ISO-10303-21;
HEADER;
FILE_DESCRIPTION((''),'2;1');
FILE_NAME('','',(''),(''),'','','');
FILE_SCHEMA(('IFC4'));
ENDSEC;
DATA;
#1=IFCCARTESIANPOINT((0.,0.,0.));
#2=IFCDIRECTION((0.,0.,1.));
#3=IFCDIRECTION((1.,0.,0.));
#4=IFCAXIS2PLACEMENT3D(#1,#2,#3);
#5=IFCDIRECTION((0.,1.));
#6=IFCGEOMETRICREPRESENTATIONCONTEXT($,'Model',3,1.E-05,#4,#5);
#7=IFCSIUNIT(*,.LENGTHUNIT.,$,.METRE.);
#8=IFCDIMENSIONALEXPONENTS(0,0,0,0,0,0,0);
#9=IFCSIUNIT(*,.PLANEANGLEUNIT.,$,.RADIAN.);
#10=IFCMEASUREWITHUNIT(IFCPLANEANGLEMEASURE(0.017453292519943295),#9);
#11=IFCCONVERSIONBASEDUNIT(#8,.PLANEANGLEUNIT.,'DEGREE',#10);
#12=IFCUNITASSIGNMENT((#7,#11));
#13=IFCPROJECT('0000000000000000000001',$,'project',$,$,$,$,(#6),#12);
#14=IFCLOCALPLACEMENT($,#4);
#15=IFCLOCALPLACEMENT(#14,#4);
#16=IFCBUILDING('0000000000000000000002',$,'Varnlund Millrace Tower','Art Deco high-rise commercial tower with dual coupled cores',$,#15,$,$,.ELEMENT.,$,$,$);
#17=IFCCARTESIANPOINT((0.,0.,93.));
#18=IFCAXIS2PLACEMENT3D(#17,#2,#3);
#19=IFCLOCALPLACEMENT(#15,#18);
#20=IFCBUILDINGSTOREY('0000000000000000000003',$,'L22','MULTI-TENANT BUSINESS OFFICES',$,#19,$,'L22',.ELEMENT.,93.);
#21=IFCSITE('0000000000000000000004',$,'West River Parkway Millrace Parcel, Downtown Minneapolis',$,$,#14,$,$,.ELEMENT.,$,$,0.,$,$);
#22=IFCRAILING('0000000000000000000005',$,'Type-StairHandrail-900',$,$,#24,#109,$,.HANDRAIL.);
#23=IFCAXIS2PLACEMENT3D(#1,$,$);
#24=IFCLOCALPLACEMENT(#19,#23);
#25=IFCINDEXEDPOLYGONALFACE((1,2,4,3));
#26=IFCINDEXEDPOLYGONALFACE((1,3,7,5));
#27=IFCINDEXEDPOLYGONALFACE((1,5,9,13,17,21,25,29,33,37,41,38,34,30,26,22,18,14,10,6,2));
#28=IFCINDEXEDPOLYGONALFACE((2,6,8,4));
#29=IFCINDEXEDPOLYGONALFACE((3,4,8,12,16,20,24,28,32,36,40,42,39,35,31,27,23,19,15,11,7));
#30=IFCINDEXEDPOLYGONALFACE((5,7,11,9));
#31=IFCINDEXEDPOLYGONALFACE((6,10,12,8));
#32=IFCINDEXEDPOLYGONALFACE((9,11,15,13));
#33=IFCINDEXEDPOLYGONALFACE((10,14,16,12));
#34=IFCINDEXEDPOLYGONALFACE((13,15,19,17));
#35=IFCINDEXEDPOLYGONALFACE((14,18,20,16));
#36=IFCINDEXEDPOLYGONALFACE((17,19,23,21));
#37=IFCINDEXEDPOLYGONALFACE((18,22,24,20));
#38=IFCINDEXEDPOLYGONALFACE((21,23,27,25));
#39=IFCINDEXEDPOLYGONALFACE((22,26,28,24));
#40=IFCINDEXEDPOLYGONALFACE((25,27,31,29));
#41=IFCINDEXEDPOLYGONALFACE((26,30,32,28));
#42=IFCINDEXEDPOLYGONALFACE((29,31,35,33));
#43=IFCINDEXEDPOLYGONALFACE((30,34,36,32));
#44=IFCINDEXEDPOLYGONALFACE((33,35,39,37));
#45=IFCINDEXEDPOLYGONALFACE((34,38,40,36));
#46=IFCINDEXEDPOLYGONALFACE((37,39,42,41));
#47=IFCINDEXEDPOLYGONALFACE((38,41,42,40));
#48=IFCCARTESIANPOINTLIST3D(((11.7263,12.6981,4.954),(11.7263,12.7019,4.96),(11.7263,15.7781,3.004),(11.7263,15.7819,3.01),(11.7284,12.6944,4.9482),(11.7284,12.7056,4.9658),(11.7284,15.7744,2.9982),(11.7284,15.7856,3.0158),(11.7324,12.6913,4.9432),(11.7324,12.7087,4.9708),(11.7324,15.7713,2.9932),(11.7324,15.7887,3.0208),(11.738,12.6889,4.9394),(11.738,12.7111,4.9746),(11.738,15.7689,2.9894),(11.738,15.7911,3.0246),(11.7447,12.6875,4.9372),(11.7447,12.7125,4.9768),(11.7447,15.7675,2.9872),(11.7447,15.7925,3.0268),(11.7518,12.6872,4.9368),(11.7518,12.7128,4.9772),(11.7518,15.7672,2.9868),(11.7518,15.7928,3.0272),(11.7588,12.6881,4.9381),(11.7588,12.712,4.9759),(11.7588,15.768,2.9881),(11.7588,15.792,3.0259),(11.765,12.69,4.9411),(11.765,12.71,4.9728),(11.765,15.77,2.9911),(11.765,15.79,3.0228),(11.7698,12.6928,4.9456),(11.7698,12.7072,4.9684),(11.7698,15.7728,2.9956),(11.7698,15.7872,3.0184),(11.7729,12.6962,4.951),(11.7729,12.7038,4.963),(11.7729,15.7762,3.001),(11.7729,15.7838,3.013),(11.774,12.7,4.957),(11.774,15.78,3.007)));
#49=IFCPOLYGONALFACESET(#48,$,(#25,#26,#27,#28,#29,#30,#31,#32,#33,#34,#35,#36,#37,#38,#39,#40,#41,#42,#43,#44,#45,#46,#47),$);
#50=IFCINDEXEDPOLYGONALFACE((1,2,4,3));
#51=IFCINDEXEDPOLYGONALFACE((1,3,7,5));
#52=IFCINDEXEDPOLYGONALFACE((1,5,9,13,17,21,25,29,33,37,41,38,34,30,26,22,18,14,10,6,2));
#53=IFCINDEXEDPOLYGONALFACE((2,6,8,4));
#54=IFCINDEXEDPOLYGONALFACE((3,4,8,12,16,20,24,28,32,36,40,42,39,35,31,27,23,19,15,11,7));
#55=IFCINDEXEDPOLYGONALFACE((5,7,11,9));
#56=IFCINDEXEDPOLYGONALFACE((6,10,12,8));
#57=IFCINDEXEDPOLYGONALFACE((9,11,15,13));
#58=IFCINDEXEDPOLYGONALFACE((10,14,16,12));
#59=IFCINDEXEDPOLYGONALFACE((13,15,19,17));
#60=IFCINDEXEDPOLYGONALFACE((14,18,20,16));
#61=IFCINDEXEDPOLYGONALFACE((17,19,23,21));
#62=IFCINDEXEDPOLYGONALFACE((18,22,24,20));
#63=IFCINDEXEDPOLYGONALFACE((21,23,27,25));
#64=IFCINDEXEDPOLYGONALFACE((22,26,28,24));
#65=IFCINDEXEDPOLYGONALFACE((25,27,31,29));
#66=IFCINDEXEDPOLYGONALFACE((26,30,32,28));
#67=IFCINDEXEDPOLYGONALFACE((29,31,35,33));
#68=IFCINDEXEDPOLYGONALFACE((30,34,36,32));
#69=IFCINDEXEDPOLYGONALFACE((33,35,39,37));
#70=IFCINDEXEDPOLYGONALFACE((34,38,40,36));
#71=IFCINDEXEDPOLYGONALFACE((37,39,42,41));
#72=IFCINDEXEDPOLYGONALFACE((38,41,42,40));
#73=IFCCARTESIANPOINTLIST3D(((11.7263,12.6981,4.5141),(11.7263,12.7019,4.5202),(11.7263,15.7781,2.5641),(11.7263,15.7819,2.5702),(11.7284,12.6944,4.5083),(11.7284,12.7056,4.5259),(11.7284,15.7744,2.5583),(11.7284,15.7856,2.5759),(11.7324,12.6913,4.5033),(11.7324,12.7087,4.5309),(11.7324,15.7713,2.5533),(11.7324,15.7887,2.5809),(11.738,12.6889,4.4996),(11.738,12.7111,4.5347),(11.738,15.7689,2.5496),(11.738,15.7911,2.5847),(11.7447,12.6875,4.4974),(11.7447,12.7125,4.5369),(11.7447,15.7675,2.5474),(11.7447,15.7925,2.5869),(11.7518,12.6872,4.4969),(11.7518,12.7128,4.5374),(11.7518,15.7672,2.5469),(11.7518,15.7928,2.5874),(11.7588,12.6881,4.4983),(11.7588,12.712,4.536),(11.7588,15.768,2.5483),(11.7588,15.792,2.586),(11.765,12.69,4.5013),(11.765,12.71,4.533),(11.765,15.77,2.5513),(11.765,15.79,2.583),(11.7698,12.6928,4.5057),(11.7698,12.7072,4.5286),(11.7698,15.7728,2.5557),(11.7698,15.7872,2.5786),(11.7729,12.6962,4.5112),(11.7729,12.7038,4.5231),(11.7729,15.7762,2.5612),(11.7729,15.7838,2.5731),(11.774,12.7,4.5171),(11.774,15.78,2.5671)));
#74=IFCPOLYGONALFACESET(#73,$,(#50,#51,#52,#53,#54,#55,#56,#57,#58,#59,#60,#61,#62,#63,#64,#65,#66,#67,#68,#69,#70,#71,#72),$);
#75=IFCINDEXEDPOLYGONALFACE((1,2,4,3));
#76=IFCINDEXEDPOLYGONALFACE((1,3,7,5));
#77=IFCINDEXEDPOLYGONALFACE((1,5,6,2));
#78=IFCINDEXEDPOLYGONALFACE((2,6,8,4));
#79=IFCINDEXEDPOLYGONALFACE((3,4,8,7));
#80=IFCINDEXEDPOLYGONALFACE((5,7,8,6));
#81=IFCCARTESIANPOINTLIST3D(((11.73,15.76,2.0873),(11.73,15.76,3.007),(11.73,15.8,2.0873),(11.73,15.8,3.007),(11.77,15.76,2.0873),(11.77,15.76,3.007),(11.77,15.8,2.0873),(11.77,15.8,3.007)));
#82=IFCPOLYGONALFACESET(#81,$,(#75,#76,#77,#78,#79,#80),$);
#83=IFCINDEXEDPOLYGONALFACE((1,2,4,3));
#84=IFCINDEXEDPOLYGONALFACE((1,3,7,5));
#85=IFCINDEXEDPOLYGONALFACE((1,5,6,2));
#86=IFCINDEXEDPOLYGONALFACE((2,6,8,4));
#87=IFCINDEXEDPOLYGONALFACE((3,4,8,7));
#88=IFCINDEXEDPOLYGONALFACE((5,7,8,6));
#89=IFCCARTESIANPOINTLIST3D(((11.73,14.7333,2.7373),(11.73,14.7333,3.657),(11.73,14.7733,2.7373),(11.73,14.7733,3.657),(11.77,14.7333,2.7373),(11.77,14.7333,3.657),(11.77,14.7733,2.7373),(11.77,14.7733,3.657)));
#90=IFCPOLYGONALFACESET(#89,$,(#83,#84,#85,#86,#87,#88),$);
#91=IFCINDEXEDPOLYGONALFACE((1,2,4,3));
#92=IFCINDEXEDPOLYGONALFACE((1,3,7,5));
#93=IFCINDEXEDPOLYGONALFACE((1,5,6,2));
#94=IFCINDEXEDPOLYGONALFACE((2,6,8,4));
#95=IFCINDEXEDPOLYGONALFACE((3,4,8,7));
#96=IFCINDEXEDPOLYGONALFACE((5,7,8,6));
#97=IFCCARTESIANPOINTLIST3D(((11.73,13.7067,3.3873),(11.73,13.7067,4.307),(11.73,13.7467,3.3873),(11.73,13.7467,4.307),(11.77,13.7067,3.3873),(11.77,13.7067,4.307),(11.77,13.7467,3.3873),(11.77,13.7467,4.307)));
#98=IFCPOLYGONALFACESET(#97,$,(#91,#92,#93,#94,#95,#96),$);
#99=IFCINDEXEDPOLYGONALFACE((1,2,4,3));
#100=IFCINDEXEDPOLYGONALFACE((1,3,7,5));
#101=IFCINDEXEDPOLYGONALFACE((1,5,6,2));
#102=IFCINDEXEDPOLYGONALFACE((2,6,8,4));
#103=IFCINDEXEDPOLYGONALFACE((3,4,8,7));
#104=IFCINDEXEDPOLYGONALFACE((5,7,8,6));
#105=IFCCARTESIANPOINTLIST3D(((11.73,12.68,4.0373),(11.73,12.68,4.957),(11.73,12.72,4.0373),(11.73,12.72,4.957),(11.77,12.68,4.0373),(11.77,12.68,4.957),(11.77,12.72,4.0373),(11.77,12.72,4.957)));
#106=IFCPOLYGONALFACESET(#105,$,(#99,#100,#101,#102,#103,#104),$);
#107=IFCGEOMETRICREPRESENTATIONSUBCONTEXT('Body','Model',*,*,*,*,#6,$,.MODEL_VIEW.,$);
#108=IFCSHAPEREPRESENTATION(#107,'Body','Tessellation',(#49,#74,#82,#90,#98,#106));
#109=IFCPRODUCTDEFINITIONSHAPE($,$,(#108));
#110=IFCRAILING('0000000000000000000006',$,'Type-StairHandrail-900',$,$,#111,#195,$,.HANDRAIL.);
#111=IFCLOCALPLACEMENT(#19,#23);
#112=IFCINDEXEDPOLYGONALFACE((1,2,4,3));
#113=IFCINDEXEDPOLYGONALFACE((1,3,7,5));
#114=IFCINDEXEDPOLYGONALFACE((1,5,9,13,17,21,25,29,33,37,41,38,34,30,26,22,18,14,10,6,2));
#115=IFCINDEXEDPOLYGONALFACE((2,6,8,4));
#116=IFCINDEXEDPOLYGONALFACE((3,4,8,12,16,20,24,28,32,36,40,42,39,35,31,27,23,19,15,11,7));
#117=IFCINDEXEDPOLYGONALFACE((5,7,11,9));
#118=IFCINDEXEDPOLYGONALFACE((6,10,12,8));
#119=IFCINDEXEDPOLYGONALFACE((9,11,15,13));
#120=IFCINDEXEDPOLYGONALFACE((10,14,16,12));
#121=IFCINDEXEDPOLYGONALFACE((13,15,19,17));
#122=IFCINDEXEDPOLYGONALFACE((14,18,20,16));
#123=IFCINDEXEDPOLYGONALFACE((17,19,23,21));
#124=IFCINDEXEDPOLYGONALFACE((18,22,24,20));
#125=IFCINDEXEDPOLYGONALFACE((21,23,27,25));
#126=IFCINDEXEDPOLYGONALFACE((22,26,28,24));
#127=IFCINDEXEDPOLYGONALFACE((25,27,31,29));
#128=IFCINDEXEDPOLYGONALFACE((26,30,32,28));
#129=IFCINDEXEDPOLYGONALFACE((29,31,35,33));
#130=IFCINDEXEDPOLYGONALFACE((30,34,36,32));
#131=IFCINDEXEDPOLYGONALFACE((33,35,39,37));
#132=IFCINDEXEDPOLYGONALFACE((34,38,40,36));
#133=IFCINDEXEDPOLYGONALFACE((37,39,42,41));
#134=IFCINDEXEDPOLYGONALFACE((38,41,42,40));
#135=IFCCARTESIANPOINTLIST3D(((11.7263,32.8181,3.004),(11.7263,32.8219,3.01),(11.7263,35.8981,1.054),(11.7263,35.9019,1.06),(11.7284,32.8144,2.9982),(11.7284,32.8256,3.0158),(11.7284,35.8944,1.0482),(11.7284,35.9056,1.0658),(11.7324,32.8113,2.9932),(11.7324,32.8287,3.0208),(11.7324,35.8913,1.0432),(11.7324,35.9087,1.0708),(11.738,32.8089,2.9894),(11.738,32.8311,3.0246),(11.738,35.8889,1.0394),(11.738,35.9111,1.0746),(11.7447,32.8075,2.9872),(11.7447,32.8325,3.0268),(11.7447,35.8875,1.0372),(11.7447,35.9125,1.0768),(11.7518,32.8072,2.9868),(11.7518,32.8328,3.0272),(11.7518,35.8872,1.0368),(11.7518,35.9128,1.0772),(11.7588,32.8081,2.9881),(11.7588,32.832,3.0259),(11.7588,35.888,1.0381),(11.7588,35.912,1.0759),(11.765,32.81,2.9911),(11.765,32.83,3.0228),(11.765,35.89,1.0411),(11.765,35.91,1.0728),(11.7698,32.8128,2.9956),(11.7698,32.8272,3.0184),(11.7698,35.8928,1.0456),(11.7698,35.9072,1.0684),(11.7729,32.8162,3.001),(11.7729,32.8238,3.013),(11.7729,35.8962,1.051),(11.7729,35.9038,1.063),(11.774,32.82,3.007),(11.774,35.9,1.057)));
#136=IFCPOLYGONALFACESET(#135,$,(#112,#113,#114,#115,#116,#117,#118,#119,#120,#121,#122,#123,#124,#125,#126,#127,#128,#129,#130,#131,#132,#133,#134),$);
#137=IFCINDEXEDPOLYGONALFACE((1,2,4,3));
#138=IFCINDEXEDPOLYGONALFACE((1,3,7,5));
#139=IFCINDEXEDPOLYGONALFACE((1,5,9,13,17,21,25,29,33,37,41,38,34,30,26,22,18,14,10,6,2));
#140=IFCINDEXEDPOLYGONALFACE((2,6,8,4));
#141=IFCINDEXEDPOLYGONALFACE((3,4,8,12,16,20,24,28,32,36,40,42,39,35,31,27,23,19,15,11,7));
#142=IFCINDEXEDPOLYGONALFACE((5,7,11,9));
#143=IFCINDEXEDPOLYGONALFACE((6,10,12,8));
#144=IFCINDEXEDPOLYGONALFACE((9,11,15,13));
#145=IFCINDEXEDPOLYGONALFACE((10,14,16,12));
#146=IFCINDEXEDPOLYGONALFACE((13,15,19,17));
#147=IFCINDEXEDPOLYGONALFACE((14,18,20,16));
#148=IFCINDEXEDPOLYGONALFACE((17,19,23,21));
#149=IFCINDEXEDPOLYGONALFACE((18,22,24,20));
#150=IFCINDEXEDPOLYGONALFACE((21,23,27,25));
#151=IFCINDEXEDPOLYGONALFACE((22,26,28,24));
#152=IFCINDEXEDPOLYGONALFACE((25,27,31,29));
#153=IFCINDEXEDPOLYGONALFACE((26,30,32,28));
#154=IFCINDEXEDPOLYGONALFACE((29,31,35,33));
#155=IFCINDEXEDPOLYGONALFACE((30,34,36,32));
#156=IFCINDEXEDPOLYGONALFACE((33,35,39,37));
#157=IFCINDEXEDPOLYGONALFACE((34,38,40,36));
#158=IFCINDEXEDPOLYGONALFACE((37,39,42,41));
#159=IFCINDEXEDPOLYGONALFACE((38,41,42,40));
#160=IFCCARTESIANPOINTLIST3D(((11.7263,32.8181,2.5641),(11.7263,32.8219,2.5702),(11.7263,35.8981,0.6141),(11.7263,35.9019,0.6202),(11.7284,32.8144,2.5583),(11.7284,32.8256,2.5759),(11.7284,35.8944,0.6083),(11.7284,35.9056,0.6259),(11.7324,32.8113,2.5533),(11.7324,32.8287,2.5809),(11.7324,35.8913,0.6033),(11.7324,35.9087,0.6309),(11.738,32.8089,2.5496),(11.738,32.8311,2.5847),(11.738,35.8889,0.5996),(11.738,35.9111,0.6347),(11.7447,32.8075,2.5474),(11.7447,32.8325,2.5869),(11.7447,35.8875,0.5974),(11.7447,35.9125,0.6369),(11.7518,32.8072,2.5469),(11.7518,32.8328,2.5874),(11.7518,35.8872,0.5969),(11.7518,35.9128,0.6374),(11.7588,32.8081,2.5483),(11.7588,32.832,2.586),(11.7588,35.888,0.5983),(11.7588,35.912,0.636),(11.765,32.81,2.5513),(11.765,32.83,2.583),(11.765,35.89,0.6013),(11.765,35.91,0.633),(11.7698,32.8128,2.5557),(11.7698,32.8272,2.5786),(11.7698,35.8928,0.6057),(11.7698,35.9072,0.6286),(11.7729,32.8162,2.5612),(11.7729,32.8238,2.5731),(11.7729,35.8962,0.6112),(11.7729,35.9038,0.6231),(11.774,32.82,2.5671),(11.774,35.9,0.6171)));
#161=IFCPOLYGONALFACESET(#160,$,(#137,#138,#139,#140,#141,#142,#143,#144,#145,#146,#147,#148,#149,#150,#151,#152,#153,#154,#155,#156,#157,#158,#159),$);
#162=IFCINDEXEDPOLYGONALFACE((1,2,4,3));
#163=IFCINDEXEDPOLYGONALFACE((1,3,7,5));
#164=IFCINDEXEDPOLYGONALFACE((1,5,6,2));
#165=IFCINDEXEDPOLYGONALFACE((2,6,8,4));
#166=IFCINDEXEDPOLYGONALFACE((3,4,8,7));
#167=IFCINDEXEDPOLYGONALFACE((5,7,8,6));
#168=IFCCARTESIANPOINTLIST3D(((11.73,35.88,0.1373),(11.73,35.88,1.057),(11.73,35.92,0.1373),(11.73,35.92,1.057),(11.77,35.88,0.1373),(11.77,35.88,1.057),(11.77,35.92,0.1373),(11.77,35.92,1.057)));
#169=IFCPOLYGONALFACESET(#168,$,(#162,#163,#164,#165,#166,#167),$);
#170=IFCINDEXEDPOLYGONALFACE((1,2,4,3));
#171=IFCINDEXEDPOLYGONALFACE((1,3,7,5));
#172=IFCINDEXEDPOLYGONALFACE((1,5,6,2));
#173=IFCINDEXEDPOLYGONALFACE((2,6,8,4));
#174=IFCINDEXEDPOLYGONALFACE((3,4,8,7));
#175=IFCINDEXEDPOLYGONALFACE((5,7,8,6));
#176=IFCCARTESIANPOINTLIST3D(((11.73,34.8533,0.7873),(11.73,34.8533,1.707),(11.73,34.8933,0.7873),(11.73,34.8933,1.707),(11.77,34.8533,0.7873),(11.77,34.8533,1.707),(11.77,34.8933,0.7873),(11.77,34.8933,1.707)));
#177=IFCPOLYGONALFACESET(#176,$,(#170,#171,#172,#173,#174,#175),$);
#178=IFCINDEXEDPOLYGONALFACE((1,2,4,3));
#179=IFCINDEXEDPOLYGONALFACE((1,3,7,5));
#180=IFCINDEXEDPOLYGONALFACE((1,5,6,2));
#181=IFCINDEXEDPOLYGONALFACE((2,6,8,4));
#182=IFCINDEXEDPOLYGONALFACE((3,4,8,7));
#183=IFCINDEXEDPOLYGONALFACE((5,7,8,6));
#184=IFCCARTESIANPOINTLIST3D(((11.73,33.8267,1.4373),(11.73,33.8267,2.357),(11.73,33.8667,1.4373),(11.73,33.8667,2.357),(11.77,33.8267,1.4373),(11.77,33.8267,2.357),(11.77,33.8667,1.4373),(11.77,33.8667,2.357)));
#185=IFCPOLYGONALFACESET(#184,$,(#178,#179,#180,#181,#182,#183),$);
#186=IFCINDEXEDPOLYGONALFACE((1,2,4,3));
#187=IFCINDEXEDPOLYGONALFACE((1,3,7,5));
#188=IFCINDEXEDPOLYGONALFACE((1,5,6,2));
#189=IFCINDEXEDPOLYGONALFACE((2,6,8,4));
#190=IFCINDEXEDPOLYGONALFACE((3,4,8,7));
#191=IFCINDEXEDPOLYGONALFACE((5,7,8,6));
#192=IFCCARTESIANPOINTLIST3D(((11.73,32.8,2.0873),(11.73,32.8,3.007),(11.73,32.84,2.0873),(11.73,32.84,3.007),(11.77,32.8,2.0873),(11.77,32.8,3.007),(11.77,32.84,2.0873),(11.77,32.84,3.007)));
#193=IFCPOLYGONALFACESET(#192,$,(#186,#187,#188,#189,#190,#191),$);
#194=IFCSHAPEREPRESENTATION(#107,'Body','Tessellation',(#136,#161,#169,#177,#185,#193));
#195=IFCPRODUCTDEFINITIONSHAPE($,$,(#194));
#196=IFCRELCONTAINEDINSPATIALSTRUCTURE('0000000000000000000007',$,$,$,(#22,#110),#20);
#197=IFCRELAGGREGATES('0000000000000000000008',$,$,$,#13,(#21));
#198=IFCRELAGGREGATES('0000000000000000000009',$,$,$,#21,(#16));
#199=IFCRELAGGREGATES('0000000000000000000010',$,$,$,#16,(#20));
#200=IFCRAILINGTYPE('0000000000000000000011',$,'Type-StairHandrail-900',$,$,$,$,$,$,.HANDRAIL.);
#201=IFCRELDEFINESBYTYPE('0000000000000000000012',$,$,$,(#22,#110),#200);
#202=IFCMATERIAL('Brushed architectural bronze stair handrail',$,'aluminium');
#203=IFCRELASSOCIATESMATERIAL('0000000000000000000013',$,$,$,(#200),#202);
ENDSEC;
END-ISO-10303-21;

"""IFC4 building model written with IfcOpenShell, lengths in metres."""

from ifc_helpers import new_model, entity, si_unit, converted_unit, direction, frame, origin_with_axes, origin_2d_with_axis, place, context, subcontext, project, spatial, rectangle, circle, extrude, material, type_object, element, save


model = new_model("IFC4")

# Units and contexts
model_context = context("Model", 3, precision=1e-05, world=origin_with_axes(), true_north=direction((0.0, 1.0)))
body_context = subcontext(model_context, "Body", "Model", "MODEL_VIEW")
ifc_project = project(units=[si_unit("LENGTHUNIT", "METRE"), converted_unit("PLANEANGLEUNIT", "DEGREE", entity("IfcPlaneAngleMeasure", 0.017453292519943295), si_unit("PLANEANGLEUNIT", "RADIAN"), dimensions=[0, 0, 0, 0, 0, 0, 0])], contexts=[model_context])

# Site, building, storey
site_placement = place(None, origin_with_axes())
site = spatial("IfcSite", under=ifc_project, at=site_placement, Name="West River Parkway Millrace Parcel, Downtown Minneapolis", CompositionType="ELEMENT", RefElevation=0.0)
building_placement = place(site_placement, origin_with_axes())
building = spatial("IfcBuilding", under=site, at=building_placement, Name="Varnlund Millrace Tower", Description="Art Deco high-rise commercial tower with dual coupled cores", CompositionType="ELEMENT")
storey_placement = place(building_placement, frame((0.0, 0.0, 93.0), z_axis=(0.0, 0.0, 1.0), x_axis=(1.0, 0.0, 0.0)))
storey = spatial("IfcBuildingStorey", under=building, at=storey_placement, Name="L22", Description="MULTI-TENANT BUSINESS OFFICES", LongName="L22", CompositionType="ELEMENT", Elevation=93.0)

# Railings
ifc_material_1 = material(Name="Brushed architectural bronze stair handrail", Category="aluminium")
railing_type_1 = type_object("IfcRailingType", Name="Type-StairHandrail-900", PredefinedType="HANDRAIL", material=ifc_material_1)
railing_1_placement = place(storey_placement, frame((0.0, 0.0, -93.0), z_axis=(0.0, 0.0, 1.0), x_axis=(1.0, 0.0, 0.0)))
element("IfcRailing", 1, at=railing_1_placement, inside=storey, type_object=railing_type_1, Name="Type-StairHandrail-900", PredefinedType="HANDRAIL", context=body_context, shape_type="SweptSolid", body=[
    extrude(circle(Radius=0.024, at=origin_2d_with_axis()), frame((11.75, 15.78, 96.007), z_axis=(0.0, -0.844902, 0.534922), x_axis=(1.0, 0.0, 0.0)), (0.0, 0.0, 1.0), 3.6454),
    extrude(circle(Radius=0.024, at=origin_2d_with_axis()), frame((11.75, 15.78, 95.5671), z_axis=(0.0, -0.844902, 0.534922), x_axis=(1.0, 0.0, 0.0)), (0.0, 0.0, 1.0), 3.6454),
    extrude(rectangle(XDim=0.04, YDim=0.04, at=origin_2d_with_axis()), frame((11.75, 15.78, 95.0873), z_axis=(0.0, 0.0, 1.0), x_axis=(1.0, 0.0, 0.0)), (0.0, 0.0, 1.0), 0.9197),
    extrude(rectangle(XDim=0.04, YDim=0.04, at=origin_2d_with_axis()), frame((11.75, 14.7533, 95.7373), z_axis=(0.0, 0.0, 1.0), x_axis=(1.0, 0.0, 0.0)), (0.0, 0.0, 1.0), 0.9197),
    extrude(rectangle(XDim=0.04, YDim=0.04, at=origin_2d_with_axis()), frame((11.75, 13.7267, 96.3873), z_axis=(0.0, 0.0, 1.0), x_axis=(1.0, 0.0, 0.0)), (0.0, 0.0, 1.0), 0.9197),
    extrude(rectangle(XDim=0.04, YDim=0.04, at=origin_2d_with_axis()), frame((11.75, 12.7, 97.0373), z_axis=(0.0, 0.0, 1.0), x_axis=(1.0, 0.0, 0.0)), (0.0, 0.0, 1.0), 0.9197),
])
railing_2_placement = place(storey_placement, frame((0.0, 0.0, -93.0), z_axis=(0.0, 0.0, 1.0), x_axis=(1.0, 0.0, 0.0)))
element("IfcRailing", 2, at=railing_2_placement, inside=storey, type_object=railing_type_1, Name="Type-StairHandrail-900", PredefinedType="HANDRAIL", context=body_context, shape_type="SweptSolid", body=[
    extrude(circle(Radius=0.024, at=origin_2d_with_axis()), frame((11.75, 35.9, 94.057), z_axis=(0.0, -0.844902, 0.534922), x_axis=(1.0, 0.0, 0.0)), (0.0, 0.0, 1.0), 3.6454),
    extrude(circle(Radius=0.024, at=origin_2d_with_axis()), frame((11.75, 35.9, 93.6171), z_axis=(0.0, -0.844902, 0.534922), x_axis=(1.0, 0.0, 0.0)), (0.0, 0.0, 1.0), 3.6454),
    extrude(rectangle(XDim=0.04, YDim=0.04, at=origin_2d_with_axis()), frame((11.75, 35.9, 93.1373), z_axis=(0.0, 0.0, 1.0), x_axis=(1.0, 0.0, 0.0)), (0.0, 0.0, 1.0), 0.9197),
    extrude(rectangle(XDim=0.04, YDim=0.04, at=origin_2d_with_axis()), frame((11.75, 34.8733, 93.7873), z_axis=(0.0, 0.0, 1.0), x_axis=(1.0, 0.0, 0.0)), (0.0, 0.0, 1.0), 0.9197),
    extrude(rectangle(XDim=0.04, YDim=0.04, at=origin_2d_with_axis()), frame((11.75, 33.8467, 94.4373), z_axis=(0.0, 0.0, 1.0), x_axis=(1.0, 0.0, 0.0)), (0.0, 0.0, 1.0), 0.9197),
    extrude(rectangle(XDim=0.04, YDim=0.04, at=origin_2d_with_axis()), frame((11.75, 32.82, 95.0873), z_axis=(0.0, 0.0, 1.0), x_axis=(1.0, 0.0, 0.0)), (0.0, 0.0, 1.0), 0.9197),
])

save(model, "model.ifc")
